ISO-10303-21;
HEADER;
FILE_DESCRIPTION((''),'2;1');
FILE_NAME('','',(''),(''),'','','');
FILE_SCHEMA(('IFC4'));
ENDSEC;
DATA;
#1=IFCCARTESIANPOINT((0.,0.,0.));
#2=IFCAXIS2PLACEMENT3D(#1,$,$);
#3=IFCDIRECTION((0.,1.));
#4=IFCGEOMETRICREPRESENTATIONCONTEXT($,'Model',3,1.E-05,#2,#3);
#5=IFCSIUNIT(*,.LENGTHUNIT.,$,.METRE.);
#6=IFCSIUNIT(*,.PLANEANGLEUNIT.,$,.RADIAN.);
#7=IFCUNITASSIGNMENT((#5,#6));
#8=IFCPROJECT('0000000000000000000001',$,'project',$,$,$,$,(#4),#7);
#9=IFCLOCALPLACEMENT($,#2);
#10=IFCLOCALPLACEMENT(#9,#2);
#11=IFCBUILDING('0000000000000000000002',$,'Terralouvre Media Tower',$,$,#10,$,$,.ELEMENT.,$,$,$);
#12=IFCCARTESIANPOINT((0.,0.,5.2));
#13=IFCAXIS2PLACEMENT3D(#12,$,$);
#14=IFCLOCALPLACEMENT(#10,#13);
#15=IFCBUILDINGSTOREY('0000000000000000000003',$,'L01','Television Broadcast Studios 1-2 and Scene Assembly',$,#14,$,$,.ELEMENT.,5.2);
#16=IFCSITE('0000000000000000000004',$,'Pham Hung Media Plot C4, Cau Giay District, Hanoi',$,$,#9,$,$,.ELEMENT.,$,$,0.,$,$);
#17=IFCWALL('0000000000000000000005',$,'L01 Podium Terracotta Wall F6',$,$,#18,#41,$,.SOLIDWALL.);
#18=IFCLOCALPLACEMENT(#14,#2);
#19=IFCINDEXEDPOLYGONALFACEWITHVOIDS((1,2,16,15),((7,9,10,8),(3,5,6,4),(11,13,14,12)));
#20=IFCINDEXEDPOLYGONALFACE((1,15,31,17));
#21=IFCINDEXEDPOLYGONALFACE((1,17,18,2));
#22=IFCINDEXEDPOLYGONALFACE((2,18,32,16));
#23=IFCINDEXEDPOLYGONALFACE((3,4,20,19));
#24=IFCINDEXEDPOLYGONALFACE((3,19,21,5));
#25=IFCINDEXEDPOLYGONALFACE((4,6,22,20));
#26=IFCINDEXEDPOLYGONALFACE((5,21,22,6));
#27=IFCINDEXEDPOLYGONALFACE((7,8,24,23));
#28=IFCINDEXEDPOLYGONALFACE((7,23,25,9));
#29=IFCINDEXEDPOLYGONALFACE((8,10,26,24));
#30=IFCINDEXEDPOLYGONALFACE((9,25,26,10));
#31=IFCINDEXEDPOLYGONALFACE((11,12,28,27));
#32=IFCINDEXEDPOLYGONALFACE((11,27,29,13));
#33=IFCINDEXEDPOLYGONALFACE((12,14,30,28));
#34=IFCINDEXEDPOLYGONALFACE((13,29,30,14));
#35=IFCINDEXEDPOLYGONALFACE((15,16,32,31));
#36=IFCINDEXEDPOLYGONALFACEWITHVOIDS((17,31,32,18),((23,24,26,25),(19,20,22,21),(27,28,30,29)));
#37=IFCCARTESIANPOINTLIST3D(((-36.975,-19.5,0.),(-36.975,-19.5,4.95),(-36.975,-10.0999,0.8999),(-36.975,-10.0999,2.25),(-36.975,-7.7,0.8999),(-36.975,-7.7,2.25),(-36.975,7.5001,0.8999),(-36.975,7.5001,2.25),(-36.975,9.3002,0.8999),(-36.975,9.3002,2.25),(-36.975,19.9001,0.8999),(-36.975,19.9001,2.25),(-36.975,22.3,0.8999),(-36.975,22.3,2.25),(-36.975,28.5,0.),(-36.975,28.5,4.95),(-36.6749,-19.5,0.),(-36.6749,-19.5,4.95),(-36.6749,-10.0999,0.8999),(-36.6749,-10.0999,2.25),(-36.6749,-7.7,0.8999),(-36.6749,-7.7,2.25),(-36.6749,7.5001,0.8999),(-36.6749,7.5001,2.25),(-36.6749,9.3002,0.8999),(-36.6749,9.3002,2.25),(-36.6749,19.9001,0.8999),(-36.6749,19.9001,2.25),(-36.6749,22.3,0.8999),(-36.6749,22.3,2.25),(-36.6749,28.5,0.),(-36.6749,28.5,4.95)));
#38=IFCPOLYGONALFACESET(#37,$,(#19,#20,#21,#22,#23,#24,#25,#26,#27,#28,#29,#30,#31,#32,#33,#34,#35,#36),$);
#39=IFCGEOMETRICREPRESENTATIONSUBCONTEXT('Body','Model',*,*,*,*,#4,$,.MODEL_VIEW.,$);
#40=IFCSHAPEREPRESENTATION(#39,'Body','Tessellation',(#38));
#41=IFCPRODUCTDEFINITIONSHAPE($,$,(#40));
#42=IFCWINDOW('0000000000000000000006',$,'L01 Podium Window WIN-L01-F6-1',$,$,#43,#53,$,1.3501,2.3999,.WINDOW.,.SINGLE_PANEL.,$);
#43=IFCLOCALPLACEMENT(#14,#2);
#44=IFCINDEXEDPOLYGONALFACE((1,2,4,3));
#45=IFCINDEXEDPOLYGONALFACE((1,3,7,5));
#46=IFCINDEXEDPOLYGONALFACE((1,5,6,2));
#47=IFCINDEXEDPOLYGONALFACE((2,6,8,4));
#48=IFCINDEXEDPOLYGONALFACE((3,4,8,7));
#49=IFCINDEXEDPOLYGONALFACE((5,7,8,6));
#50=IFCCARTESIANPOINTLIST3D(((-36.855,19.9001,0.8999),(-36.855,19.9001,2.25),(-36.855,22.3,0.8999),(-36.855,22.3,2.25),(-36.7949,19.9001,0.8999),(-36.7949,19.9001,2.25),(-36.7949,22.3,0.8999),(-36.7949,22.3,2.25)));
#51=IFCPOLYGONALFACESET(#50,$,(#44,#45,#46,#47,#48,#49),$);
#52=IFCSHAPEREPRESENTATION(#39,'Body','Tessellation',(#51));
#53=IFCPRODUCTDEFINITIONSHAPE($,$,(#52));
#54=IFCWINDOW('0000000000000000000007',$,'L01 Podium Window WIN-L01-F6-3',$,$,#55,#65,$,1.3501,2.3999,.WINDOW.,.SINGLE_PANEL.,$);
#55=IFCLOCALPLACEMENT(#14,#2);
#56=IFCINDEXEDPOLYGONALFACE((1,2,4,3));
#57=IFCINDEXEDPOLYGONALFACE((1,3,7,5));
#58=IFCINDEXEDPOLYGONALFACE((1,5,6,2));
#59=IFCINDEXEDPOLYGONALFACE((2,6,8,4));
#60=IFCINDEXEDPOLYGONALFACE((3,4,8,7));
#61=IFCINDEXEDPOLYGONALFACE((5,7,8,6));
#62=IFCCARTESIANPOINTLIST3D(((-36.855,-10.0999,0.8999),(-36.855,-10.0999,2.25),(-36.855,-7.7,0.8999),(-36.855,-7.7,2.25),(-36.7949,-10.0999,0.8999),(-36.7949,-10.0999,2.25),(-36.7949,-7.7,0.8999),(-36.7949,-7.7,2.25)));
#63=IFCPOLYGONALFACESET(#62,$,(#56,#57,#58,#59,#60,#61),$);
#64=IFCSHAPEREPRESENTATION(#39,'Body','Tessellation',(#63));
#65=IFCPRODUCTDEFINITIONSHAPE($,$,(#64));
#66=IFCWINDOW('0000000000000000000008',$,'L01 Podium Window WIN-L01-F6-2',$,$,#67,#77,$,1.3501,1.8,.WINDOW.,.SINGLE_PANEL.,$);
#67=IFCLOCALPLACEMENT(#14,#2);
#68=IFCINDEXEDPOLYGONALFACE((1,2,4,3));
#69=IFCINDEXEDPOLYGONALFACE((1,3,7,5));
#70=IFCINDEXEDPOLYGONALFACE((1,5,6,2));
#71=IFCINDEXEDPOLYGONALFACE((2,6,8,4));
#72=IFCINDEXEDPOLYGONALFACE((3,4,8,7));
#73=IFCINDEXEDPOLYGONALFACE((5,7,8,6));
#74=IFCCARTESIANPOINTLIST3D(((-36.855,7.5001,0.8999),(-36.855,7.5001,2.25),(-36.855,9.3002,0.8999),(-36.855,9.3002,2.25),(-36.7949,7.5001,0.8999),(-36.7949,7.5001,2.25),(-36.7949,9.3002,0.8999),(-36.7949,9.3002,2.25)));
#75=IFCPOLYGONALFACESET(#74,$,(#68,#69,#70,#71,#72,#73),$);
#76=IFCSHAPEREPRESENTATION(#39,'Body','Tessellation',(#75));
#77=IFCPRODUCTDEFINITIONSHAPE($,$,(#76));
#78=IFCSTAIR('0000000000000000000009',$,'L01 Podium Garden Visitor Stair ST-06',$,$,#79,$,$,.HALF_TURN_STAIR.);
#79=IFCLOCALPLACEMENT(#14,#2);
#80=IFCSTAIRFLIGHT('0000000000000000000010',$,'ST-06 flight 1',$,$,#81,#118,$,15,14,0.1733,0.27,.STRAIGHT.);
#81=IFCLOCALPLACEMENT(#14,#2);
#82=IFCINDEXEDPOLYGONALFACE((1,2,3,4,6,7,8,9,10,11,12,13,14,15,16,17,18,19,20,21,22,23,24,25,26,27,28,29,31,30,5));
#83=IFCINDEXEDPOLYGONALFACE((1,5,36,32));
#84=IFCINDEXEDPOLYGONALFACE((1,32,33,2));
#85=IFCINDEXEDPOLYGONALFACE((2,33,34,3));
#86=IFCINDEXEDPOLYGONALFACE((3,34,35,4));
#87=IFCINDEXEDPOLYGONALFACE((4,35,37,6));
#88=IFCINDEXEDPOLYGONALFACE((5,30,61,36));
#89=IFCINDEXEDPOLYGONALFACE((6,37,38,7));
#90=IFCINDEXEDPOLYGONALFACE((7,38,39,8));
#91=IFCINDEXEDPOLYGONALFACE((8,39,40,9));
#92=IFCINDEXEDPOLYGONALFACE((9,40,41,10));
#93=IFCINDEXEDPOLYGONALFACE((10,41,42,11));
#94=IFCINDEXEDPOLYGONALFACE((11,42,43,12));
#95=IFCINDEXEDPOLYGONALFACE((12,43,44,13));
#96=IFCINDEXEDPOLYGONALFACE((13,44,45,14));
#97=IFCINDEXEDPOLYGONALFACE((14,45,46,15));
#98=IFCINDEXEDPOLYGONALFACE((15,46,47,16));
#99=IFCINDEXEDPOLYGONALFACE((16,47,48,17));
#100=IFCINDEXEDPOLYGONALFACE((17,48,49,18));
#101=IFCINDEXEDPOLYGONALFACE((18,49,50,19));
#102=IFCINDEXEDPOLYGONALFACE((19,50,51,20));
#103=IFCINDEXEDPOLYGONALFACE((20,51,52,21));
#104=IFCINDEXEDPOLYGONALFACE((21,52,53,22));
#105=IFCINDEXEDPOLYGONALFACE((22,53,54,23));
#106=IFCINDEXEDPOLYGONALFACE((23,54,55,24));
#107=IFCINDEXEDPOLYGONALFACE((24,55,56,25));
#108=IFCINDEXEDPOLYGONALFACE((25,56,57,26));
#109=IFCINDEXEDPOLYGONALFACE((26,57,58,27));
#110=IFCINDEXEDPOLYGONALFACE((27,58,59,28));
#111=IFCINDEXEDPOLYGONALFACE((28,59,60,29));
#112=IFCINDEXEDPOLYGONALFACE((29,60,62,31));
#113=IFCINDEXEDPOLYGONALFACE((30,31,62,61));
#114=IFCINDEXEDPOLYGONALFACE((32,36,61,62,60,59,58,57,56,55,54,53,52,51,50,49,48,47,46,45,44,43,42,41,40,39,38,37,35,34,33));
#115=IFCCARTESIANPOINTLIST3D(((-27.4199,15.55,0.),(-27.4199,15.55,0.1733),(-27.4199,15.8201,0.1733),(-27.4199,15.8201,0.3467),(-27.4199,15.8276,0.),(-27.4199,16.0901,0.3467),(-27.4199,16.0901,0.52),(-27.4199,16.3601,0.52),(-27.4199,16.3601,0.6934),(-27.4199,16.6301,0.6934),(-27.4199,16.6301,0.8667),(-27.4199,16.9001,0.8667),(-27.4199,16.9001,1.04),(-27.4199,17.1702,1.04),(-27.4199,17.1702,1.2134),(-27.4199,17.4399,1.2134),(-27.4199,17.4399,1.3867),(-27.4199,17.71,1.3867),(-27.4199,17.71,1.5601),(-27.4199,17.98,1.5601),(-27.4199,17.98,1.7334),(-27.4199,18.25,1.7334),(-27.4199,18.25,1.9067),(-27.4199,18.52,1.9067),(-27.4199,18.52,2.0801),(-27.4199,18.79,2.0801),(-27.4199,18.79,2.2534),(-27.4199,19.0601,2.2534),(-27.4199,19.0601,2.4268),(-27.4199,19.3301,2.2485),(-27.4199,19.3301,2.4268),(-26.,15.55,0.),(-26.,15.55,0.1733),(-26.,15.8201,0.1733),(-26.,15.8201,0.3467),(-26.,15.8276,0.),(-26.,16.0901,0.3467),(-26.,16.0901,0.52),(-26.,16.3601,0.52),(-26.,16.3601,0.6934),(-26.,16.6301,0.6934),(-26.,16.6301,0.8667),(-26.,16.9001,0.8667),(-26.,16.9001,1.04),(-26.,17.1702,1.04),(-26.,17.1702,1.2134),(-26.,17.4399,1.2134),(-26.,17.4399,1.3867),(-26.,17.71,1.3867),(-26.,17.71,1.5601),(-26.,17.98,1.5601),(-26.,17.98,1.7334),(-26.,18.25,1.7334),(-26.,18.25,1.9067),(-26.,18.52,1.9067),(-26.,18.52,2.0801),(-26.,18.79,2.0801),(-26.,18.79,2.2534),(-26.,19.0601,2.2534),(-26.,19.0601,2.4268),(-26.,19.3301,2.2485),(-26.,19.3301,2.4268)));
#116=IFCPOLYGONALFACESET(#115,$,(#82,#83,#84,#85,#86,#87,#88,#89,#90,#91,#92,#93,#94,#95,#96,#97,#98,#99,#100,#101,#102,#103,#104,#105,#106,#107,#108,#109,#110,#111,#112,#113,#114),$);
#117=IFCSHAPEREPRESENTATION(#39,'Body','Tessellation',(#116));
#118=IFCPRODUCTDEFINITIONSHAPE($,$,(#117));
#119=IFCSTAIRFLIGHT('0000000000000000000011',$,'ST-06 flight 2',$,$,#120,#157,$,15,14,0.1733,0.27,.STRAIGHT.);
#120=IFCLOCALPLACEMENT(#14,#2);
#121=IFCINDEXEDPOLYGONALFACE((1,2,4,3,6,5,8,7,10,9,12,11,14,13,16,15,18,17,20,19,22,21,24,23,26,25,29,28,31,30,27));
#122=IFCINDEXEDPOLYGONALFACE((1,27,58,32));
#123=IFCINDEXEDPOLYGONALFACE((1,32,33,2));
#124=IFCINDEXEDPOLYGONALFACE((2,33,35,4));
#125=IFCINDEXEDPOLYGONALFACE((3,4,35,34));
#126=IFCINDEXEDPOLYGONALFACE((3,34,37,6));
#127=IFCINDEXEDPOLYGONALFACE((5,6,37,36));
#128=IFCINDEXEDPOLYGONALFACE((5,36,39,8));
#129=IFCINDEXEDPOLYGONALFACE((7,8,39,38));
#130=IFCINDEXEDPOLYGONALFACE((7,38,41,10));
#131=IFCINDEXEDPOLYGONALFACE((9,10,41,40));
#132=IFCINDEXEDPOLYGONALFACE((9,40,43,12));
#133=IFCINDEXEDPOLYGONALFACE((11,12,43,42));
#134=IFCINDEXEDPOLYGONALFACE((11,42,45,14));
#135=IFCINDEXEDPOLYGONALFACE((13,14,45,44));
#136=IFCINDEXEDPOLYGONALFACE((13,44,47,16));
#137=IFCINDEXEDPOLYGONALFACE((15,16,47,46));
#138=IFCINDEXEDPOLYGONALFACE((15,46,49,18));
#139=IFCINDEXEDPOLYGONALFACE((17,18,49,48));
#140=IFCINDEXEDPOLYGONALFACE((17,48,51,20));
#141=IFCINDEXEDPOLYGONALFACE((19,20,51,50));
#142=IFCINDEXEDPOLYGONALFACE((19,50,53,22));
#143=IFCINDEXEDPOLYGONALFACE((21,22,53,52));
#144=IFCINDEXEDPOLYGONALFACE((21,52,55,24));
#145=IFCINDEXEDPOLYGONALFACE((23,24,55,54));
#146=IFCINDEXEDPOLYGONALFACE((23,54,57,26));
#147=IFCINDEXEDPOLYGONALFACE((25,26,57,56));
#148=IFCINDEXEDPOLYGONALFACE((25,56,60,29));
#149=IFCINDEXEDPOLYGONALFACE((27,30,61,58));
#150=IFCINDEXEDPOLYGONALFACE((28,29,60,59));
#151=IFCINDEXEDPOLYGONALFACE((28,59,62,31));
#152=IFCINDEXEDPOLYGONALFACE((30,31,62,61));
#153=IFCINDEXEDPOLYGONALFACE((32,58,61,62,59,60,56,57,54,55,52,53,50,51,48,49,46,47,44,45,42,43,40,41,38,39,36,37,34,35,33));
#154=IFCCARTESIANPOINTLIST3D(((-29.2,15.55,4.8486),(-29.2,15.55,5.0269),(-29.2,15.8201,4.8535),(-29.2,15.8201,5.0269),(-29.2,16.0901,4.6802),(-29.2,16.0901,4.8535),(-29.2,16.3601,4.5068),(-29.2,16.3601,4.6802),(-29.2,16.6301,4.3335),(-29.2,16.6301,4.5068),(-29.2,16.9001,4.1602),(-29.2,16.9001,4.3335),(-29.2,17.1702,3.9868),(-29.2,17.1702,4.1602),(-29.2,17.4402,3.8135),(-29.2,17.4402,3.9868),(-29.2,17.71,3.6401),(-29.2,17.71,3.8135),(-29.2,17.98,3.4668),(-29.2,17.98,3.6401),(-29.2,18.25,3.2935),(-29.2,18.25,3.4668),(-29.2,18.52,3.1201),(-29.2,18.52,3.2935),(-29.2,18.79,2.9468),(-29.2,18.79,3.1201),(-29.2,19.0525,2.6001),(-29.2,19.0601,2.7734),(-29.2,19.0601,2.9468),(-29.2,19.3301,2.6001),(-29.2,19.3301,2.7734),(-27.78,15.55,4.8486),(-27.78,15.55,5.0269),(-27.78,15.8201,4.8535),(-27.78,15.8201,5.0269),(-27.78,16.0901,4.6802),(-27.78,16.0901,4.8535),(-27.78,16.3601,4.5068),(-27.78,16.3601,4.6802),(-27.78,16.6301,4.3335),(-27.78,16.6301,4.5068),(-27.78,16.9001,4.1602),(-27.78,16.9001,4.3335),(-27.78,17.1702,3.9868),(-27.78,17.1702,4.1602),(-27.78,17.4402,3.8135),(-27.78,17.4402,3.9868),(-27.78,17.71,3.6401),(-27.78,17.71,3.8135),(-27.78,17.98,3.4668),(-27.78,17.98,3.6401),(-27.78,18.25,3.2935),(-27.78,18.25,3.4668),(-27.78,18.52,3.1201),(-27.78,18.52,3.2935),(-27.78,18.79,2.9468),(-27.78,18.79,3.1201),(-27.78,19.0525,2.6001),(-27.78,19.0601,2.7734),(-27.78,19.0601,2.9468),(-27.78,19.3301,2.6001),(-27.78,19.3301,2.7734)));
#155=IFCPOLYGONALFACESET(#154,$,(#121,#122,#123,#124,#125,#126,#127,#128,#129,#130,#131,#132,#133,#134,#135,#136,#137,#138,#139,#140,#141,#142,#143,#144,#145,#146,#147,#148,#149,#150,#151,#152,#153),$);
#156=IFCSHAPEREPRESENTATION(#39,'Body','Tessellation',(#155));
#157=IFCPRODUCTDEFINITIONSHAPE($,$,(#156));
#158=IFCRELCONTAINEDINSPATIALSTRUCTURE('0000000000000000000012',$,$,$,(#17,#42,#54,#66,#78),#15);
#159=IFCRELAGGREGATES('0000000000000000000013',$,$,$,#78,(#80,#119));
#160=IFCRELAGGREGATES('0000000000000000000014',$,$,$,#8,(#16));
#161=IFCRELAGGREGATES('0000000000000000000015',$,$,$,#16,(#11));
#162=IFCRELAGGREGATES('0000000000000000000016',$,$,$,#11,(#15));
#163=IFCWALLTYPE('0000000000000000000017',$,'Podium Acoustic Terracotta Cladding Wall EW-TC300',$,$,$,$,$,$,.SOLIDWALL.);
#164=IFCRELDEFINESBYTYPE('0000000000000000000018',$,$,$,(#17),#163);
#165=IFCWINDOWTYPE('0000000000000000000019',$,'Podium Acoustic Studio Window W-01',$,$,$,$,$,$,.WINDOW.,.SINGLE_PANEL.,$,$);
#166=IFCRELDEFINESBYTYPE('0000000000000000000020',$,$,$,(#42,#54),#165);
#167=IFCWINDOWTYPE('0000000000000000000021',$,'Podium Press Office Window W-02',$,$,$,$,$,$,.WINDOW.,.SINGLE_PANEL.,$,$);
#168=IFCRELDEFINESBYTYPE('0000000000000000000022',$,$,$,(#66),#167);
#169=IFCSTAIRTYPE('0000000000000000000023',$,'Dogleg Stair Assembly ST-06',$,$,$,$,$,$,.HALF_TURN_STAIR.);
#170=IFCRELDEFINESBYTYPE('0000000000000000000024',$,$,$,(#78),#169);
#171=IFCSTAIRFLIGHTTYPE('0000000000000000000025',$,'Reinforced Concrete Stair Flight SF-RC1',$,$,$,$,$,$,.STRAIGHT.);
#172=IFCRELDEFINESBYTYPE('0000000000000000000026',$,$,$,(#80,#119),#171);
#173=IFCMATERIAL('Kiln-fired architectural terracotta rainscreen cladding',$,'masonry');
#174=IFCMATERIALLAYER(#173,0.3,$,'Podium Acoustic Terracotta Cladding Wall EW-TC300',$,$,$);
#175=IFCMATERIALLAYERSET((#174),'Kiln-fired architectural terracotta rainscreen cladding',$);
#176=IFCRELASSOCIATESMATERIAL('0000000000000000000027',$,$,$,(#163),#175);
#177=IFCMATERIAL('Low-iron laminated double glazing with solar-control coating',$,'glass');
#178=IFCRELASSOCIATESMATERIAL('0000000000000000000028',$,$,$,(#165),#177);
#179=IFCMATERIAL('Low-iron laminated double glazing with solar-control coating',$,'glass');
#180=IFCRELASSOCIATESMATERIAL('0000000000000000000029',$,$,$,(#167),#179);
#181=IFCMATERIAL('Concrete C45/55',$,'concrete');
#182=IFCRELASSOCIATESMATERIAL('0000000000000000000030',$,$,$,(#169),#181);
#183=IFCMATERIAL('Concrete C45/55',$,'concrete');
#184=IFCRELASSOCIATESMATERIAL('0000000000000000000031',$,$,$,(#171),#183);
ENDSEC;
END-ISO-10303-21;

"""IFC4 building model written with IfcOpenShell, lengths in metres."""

from ifc_helpers import new_model, si_unit, direction, frame, frame_2d, origin, place, context, subcontext, project, spatial, polyline, rectangle, outline, extrude, material, layer, layer_set, type_object, element, fill, aggregate, save


model = new_model("IFC4")

# Units and contexts
model_context = context("Model", 3, precision=1e-05, world=origin(), true_north=direction((0.0, 1.0)))
body_context = subcontext(model_context, "Body", "Model", "MODEL_VIEW")
ifc_project = project(units=[si_unit("LENGTHUNIT", "METRE"), si_unit("PLANEANGLEUNIT", "RADIAN")], contexts=[model_context])

# Site, building, storey
site_placement = place(None, origin())
site = spatial("IfcSite", under=ifc_project, at=site_placement, Name="Pham Hung Media Plot C4, Cau Giay District, Hanoi", CompositionType="ELEMENT", RefElevation=0.0)
building_placement = place(site_placement, origin())
building = spatial("IfcBuilding", under=site, at=building_placement, Name="Terralouvre Media Tower", CompositionType="ELEMENT")
storey_placement = place(building_placement, frame((0.0, 0.0, 5.2)))
storey = spatial("IfcBuildingStorey", under=building, at=storey_placement, Name="L01", Description="Television Broadcast Studios 1-2 and Scene Assembly", CompositionType="ELEMENT", Elevation=5.2)

# Shared definitions
ifc_material_1 = material(Name="Kiln-fired architectural terracotta rainscreen cladding", Category="masonry")
ifc_layer_1 = layer(ifc_material_1, 0.3, Name="Podium Acoustic Terracotta Cladding Wall EW-TC300")
ifc_layer_set_1 = layer_set([ifc_layer_1], Name="Kiln-fired architectural terracotta rainscreen cladding")
wall_type_1 = type_object("IfcWallType", Name="Podium Acoustic Terracotta Cladding Wall EW-TC300", PredefinedType="SOLIDWALL", material=ifc_layer_set_1)

# Wall, openings, windows
wall_1_placement = place(storey_placement, frame((-36.825, 28.5, 0.0), z_axis=(0.0, 0.0, 1.0), x_axis=(0.0, -1.0, 0.0)))
wall_1 = element("IfcWall", 1, at=wall_1_placement, inside=storey, type_object=wall_type_1, Name="L01 Podium Terracotta Wall F6", PredefinedType="SOLIDWALL", context=body_context, shape_type="SweptSolid", body=[
    extrude(rectangle(XDim=48.0, YDim=0.3, at=frame_2d((24.0, 0.0))), origin(), (0.0, 0.0, 1.0), 4.95),
])
opening_1_placement = place(wall_1_placement, frame((6.2, 0.0, 0.8999)))
opening_1 = element("IfcOpeningElement", 2, at=opening_1_placement, cuts=wall_1, PredefinedType="OPENING", context=body_context, shape_type="SweptSolid", body=[
    extrude(rectangle(XDim=2.3999, YDim=1.3501, at=frame_2d((1.2, 0.675))), frame((0.0, 0.1599, 0.0), z_axis=(0.0, -1.0, 0.0), x_axis=(1.0, 0.0, 0.0)), (0.0, 0.0, 1.0), 0.3201),
])
opening_2_placement = place(wall_1_placement, frame((19.2, 0.0, 0.8999)))
opening_2 = element("IfcOpeningElement", 3, at=opening_2_placement, cuts=wall_1, PredefinedType="OPENING", context=body_context, shape_type="SweptSolid", body=[
    extrude(rectangle(XDim=1.8, YDim=1.3501, at=frame_2d((0.8999, 0.675))), frame((0.0, 0.1599, 0.0), z_axis=(0.0, -1.0, 0.0), x_axis=(1.0, 0.0, 0.0)), (0.0, 0.0, 1.0), 0.3201),
])
opening_3_placement = place(wall_1_placement, frame((36.2, 0.0, 0.8999)))
opening_3 = element("IfcOpeningElement", 4, at=opening_3_placement, cuts=wall_1, PredefinedType="OPENING", context=body_context, shape_type="SweptSolid", body=[
    extrude(rectangle(XDim=2.3999, YDim=1.3501, at=frame_2d((1.2, 0.675))), frame((0.0, 0.1599, 0.0), z_axis=(0.0, -1.0, 0.0), x_axis=(1.0, 0.0, 0.0)), (0.0, 0.0, 1.0), 0.3201),
])
ifc_material_2 = material(Name="Low-iron laminated double glazing with solar-control coating", Category="glass")
window_type_1 = type_object("IfcWindowType", Name="Podium Acoustic Studio Window W-01", PartitioningType="SINGLE_PANEL", PredefinedType="WINDOW", material=ifc_material_2)
window_1_placement = place(opening_1_placement, origin())
window_1 = element("IfcWindow", 5, at=window_1_placement, inside=storey, type_object=window_type_1, Name="L01 Podium Window WIN-L01-F6-1", OverallHeight=1.3501, OverallWidth=2.3999, PartitioningType="SINGLE_PANEL", PredefinedType="WINDOW", context=body_context, shape_type="SweptSolid", body=[
    extrude(rectangle(XDim=2.3999, YDim=1.3501, at=frame_2d((1.2, 0.675))), frame((0.0, 0.03, 0.0), z_axis=(0.0, -1.0, 0.0), x_axis=(1.0, 0.0, 0.0)), (0.0, 0.0, 1.0), 0.0601),
])
fill(opening_1, window_1)
window_2_placement = place(opening_3_placement, origin())
window_2 = element("IfcWindow", 6, at=window_2_placement, inside=storey, type_object=window_type_1, Name="L01 Podium Window WIN-L01-F6-3", OverallHeight=1.3501, OverallWidth=2.3999, PartitioningType="SINGLE_PANEL", PredefinedType="WINDOW", context=body_context, shape_type="SweptSolid", body=[
    extrude(rectangle(XDim=2.3999, YDim=1.3501, at=frame_2d((1.2, 0.675))), frame((0.0, 0.03, 0.0), z_axis=(0.0, -1.0, 0.0), x_axis=(1.0, 0.0, 0.0)), (0.0, 0.0, 1.0), 0.0601),
])
fill(opening_3, window_2)
ifc_material_3 = material(Name="Low-iron laminated double glazing with solar-control coating", Category="glass")
window_type_2 = type_object("IfcWindowType", Name="Podium Press Office Window W-02", PartitioningType="SINGLE_PANEL", PredefinedType="WINDOW", material=ifc_material_3)
window_3_placement = place(opening_2_placement, origin())
window_3 = element("IfcWindow", 7, at=window_3_placement, inside=storey, type_object=window_type_2, Name="L01 Podium Window WIN-L01-F6-2", OverallHeight=1.3501, OverallWidth=1.8, PartitioningType="SINGLE_PANEL", PredefinedType="WINDOW", context=body_context, shape_type="SweptSolid", body=[
    extrude(rectangle(XDim=1.8, YDim=1.3501, at=frame_2d((0.8999, 0.675))), frame((0.0, 0.03, 0.0), z_axis=(0.0, -1.0, 0.0), x_axis=(1.0, 0.0, 0.0)), (0.0, 0.0, 1.0), 0.0601),
])
fill(opening_2, window_3)

# Stair, stair flights
ifc_material_4 = material(Name="Concrete C45/55", Category="concrete")
stair_type = type_object("IfcStairType", Name="Dogleg Stair Assembly ST-06", PredefinedType="HALF_TURN_STAIR", material=ifc_material_4)
stair_placement = place(storey_placement, origin())
stair = element("IfcStair", 8, at=stair_placement, inside=storey, type_object=stair_type, Name="L01 Podium Garden Visitor Stair ST-06", PredefinedType="HALF_TURN_STAIR")
ifc_material_5 = material(Name="Concrete C45/55", Category="concrete")
stair_flight_type = type_object("IfcStairFlightType", Name="Reinforced Concrete Stair Flight SF-RC1", PredefinedType="STRAIGHT", material=ifc_material_5)
stair_flight_1_placement = place(storey_placement, frame((-26.71, 15.55, 0.0), z_axis=(0.0, 0.0, 1.0), x_axis=(0.0, 1.0, 0.0)))
stair_flight_1 = element("IfcStairFlight", 9, at=stair_flight_1_placement, type_object=stair_flight_type, Name="ST-06 flight 1", NumberOfRisers=15, NumberOfTreads=14, PredefinedType="STRAIGHT", RiserHeight=0.1733, TreadLength=0.27, context=body_context, shape_type="SweptSolid", body=[
    extrude(outline(polyline([(0.0, 0.0), (0.0, 0.1733), (0.27, 0.1733), (0.27, 0.3467), (0.54, 0.3467), (0.54, 0.52), (0.8101, 0.52), (0.8101, 0.6934), (1.0801, 0.6934), (1.0801, 0.8667), (1.3501, 0.8667), (1.3501, 1.04), (1.6201, 1.04), (1.6201, 1.2134), (1.8899, 1.2134), (1.8899, 1.3867), (2.1599, 1.3867), (2.1599, 1.5601), (2.4299, 1.5601), (2.4299, 1.7334), (2.7, 1.7334), (2.7, 1.9067), (2.97, 1.9067), (2.97, 2.0801), (3.24, 2.0801), (3.24, 2.2534), (3.51, 2.2534), (3.51, 2.4268), (3.78, 2.4268), (3.78, 2.6001), (3.78, 2.2485), (0.2776, 0.0), (0.0, 0.0)])), frame((0.0, 0.71, 0.0), z_axis=(0.0, -1.0, 0.0), x_axis=(1.0, 0.0, 0.0)), (0.0, 0.0, 1.0), 1.4199),
])
stair_flight_2_placement = place(storey_placement, frame((-28.49, 19.3301, 2.6001), z_axis=(0.0, 0.0, 1.0), x_axis=(0.0, -1.0, 0.0)))
stair_flight_2 = element("IfcStairFlight", 10, at=stair_flight_2_placement, type_object=stair_flight_type, Name="ST-06 flight 2", NumberOfRisers=15, NumberOfTreads=14, PredefinedType="STRAIGHT", RiserHeight=0.1733, TreadLength=0.27, context=body_context, shape_type="SweptSolid", body=[
    extrude(outline(polyline([(0.0, 0.0), (0.0, 0.1733), (0.27, 0.1733), (0.27, 0.3467), (0.54, 0.3467), (0.54, 0.52), (0.8101, 0.52), (0.8101, 0.6934), (1.0801, 0.6934), (1.0801, 0.8667), (1.3501, 0.8667), (1.3501, 1.04), (1.6201, 1.04), (1.6201, 1.2134), (1.8899, 1.2134), (1.8899, 1.3867), (2.1599, 1.3867), (2.1599, 1.5601), (2.4299, 1.5601), (2.4299, 1.7334), (2.7, 1.7334), (2.7, 1.9067), (2.97, 1.9067), (2.97, 2.0801), (3.24, 2.0801), (3.24, 2.2534), (3.51, 2.2534), (3.51, 2.4268), (3.78, 2.4268), (3.78, 2.6001), (3.78, 2.2485), (0.2776, 0.0), (0.0, 0.0)])), frame((0.0, 0.71, 0.0), z_axis=(0.0, -1.0, 0.0), x_axis=(1.0, 0.0, 0.0)), (0.0, 0.0, 1.0), 1.4199),
])
aggregate(stair, [stair_flight_1, stair_flight_2])

save(model, "model.ifc")
